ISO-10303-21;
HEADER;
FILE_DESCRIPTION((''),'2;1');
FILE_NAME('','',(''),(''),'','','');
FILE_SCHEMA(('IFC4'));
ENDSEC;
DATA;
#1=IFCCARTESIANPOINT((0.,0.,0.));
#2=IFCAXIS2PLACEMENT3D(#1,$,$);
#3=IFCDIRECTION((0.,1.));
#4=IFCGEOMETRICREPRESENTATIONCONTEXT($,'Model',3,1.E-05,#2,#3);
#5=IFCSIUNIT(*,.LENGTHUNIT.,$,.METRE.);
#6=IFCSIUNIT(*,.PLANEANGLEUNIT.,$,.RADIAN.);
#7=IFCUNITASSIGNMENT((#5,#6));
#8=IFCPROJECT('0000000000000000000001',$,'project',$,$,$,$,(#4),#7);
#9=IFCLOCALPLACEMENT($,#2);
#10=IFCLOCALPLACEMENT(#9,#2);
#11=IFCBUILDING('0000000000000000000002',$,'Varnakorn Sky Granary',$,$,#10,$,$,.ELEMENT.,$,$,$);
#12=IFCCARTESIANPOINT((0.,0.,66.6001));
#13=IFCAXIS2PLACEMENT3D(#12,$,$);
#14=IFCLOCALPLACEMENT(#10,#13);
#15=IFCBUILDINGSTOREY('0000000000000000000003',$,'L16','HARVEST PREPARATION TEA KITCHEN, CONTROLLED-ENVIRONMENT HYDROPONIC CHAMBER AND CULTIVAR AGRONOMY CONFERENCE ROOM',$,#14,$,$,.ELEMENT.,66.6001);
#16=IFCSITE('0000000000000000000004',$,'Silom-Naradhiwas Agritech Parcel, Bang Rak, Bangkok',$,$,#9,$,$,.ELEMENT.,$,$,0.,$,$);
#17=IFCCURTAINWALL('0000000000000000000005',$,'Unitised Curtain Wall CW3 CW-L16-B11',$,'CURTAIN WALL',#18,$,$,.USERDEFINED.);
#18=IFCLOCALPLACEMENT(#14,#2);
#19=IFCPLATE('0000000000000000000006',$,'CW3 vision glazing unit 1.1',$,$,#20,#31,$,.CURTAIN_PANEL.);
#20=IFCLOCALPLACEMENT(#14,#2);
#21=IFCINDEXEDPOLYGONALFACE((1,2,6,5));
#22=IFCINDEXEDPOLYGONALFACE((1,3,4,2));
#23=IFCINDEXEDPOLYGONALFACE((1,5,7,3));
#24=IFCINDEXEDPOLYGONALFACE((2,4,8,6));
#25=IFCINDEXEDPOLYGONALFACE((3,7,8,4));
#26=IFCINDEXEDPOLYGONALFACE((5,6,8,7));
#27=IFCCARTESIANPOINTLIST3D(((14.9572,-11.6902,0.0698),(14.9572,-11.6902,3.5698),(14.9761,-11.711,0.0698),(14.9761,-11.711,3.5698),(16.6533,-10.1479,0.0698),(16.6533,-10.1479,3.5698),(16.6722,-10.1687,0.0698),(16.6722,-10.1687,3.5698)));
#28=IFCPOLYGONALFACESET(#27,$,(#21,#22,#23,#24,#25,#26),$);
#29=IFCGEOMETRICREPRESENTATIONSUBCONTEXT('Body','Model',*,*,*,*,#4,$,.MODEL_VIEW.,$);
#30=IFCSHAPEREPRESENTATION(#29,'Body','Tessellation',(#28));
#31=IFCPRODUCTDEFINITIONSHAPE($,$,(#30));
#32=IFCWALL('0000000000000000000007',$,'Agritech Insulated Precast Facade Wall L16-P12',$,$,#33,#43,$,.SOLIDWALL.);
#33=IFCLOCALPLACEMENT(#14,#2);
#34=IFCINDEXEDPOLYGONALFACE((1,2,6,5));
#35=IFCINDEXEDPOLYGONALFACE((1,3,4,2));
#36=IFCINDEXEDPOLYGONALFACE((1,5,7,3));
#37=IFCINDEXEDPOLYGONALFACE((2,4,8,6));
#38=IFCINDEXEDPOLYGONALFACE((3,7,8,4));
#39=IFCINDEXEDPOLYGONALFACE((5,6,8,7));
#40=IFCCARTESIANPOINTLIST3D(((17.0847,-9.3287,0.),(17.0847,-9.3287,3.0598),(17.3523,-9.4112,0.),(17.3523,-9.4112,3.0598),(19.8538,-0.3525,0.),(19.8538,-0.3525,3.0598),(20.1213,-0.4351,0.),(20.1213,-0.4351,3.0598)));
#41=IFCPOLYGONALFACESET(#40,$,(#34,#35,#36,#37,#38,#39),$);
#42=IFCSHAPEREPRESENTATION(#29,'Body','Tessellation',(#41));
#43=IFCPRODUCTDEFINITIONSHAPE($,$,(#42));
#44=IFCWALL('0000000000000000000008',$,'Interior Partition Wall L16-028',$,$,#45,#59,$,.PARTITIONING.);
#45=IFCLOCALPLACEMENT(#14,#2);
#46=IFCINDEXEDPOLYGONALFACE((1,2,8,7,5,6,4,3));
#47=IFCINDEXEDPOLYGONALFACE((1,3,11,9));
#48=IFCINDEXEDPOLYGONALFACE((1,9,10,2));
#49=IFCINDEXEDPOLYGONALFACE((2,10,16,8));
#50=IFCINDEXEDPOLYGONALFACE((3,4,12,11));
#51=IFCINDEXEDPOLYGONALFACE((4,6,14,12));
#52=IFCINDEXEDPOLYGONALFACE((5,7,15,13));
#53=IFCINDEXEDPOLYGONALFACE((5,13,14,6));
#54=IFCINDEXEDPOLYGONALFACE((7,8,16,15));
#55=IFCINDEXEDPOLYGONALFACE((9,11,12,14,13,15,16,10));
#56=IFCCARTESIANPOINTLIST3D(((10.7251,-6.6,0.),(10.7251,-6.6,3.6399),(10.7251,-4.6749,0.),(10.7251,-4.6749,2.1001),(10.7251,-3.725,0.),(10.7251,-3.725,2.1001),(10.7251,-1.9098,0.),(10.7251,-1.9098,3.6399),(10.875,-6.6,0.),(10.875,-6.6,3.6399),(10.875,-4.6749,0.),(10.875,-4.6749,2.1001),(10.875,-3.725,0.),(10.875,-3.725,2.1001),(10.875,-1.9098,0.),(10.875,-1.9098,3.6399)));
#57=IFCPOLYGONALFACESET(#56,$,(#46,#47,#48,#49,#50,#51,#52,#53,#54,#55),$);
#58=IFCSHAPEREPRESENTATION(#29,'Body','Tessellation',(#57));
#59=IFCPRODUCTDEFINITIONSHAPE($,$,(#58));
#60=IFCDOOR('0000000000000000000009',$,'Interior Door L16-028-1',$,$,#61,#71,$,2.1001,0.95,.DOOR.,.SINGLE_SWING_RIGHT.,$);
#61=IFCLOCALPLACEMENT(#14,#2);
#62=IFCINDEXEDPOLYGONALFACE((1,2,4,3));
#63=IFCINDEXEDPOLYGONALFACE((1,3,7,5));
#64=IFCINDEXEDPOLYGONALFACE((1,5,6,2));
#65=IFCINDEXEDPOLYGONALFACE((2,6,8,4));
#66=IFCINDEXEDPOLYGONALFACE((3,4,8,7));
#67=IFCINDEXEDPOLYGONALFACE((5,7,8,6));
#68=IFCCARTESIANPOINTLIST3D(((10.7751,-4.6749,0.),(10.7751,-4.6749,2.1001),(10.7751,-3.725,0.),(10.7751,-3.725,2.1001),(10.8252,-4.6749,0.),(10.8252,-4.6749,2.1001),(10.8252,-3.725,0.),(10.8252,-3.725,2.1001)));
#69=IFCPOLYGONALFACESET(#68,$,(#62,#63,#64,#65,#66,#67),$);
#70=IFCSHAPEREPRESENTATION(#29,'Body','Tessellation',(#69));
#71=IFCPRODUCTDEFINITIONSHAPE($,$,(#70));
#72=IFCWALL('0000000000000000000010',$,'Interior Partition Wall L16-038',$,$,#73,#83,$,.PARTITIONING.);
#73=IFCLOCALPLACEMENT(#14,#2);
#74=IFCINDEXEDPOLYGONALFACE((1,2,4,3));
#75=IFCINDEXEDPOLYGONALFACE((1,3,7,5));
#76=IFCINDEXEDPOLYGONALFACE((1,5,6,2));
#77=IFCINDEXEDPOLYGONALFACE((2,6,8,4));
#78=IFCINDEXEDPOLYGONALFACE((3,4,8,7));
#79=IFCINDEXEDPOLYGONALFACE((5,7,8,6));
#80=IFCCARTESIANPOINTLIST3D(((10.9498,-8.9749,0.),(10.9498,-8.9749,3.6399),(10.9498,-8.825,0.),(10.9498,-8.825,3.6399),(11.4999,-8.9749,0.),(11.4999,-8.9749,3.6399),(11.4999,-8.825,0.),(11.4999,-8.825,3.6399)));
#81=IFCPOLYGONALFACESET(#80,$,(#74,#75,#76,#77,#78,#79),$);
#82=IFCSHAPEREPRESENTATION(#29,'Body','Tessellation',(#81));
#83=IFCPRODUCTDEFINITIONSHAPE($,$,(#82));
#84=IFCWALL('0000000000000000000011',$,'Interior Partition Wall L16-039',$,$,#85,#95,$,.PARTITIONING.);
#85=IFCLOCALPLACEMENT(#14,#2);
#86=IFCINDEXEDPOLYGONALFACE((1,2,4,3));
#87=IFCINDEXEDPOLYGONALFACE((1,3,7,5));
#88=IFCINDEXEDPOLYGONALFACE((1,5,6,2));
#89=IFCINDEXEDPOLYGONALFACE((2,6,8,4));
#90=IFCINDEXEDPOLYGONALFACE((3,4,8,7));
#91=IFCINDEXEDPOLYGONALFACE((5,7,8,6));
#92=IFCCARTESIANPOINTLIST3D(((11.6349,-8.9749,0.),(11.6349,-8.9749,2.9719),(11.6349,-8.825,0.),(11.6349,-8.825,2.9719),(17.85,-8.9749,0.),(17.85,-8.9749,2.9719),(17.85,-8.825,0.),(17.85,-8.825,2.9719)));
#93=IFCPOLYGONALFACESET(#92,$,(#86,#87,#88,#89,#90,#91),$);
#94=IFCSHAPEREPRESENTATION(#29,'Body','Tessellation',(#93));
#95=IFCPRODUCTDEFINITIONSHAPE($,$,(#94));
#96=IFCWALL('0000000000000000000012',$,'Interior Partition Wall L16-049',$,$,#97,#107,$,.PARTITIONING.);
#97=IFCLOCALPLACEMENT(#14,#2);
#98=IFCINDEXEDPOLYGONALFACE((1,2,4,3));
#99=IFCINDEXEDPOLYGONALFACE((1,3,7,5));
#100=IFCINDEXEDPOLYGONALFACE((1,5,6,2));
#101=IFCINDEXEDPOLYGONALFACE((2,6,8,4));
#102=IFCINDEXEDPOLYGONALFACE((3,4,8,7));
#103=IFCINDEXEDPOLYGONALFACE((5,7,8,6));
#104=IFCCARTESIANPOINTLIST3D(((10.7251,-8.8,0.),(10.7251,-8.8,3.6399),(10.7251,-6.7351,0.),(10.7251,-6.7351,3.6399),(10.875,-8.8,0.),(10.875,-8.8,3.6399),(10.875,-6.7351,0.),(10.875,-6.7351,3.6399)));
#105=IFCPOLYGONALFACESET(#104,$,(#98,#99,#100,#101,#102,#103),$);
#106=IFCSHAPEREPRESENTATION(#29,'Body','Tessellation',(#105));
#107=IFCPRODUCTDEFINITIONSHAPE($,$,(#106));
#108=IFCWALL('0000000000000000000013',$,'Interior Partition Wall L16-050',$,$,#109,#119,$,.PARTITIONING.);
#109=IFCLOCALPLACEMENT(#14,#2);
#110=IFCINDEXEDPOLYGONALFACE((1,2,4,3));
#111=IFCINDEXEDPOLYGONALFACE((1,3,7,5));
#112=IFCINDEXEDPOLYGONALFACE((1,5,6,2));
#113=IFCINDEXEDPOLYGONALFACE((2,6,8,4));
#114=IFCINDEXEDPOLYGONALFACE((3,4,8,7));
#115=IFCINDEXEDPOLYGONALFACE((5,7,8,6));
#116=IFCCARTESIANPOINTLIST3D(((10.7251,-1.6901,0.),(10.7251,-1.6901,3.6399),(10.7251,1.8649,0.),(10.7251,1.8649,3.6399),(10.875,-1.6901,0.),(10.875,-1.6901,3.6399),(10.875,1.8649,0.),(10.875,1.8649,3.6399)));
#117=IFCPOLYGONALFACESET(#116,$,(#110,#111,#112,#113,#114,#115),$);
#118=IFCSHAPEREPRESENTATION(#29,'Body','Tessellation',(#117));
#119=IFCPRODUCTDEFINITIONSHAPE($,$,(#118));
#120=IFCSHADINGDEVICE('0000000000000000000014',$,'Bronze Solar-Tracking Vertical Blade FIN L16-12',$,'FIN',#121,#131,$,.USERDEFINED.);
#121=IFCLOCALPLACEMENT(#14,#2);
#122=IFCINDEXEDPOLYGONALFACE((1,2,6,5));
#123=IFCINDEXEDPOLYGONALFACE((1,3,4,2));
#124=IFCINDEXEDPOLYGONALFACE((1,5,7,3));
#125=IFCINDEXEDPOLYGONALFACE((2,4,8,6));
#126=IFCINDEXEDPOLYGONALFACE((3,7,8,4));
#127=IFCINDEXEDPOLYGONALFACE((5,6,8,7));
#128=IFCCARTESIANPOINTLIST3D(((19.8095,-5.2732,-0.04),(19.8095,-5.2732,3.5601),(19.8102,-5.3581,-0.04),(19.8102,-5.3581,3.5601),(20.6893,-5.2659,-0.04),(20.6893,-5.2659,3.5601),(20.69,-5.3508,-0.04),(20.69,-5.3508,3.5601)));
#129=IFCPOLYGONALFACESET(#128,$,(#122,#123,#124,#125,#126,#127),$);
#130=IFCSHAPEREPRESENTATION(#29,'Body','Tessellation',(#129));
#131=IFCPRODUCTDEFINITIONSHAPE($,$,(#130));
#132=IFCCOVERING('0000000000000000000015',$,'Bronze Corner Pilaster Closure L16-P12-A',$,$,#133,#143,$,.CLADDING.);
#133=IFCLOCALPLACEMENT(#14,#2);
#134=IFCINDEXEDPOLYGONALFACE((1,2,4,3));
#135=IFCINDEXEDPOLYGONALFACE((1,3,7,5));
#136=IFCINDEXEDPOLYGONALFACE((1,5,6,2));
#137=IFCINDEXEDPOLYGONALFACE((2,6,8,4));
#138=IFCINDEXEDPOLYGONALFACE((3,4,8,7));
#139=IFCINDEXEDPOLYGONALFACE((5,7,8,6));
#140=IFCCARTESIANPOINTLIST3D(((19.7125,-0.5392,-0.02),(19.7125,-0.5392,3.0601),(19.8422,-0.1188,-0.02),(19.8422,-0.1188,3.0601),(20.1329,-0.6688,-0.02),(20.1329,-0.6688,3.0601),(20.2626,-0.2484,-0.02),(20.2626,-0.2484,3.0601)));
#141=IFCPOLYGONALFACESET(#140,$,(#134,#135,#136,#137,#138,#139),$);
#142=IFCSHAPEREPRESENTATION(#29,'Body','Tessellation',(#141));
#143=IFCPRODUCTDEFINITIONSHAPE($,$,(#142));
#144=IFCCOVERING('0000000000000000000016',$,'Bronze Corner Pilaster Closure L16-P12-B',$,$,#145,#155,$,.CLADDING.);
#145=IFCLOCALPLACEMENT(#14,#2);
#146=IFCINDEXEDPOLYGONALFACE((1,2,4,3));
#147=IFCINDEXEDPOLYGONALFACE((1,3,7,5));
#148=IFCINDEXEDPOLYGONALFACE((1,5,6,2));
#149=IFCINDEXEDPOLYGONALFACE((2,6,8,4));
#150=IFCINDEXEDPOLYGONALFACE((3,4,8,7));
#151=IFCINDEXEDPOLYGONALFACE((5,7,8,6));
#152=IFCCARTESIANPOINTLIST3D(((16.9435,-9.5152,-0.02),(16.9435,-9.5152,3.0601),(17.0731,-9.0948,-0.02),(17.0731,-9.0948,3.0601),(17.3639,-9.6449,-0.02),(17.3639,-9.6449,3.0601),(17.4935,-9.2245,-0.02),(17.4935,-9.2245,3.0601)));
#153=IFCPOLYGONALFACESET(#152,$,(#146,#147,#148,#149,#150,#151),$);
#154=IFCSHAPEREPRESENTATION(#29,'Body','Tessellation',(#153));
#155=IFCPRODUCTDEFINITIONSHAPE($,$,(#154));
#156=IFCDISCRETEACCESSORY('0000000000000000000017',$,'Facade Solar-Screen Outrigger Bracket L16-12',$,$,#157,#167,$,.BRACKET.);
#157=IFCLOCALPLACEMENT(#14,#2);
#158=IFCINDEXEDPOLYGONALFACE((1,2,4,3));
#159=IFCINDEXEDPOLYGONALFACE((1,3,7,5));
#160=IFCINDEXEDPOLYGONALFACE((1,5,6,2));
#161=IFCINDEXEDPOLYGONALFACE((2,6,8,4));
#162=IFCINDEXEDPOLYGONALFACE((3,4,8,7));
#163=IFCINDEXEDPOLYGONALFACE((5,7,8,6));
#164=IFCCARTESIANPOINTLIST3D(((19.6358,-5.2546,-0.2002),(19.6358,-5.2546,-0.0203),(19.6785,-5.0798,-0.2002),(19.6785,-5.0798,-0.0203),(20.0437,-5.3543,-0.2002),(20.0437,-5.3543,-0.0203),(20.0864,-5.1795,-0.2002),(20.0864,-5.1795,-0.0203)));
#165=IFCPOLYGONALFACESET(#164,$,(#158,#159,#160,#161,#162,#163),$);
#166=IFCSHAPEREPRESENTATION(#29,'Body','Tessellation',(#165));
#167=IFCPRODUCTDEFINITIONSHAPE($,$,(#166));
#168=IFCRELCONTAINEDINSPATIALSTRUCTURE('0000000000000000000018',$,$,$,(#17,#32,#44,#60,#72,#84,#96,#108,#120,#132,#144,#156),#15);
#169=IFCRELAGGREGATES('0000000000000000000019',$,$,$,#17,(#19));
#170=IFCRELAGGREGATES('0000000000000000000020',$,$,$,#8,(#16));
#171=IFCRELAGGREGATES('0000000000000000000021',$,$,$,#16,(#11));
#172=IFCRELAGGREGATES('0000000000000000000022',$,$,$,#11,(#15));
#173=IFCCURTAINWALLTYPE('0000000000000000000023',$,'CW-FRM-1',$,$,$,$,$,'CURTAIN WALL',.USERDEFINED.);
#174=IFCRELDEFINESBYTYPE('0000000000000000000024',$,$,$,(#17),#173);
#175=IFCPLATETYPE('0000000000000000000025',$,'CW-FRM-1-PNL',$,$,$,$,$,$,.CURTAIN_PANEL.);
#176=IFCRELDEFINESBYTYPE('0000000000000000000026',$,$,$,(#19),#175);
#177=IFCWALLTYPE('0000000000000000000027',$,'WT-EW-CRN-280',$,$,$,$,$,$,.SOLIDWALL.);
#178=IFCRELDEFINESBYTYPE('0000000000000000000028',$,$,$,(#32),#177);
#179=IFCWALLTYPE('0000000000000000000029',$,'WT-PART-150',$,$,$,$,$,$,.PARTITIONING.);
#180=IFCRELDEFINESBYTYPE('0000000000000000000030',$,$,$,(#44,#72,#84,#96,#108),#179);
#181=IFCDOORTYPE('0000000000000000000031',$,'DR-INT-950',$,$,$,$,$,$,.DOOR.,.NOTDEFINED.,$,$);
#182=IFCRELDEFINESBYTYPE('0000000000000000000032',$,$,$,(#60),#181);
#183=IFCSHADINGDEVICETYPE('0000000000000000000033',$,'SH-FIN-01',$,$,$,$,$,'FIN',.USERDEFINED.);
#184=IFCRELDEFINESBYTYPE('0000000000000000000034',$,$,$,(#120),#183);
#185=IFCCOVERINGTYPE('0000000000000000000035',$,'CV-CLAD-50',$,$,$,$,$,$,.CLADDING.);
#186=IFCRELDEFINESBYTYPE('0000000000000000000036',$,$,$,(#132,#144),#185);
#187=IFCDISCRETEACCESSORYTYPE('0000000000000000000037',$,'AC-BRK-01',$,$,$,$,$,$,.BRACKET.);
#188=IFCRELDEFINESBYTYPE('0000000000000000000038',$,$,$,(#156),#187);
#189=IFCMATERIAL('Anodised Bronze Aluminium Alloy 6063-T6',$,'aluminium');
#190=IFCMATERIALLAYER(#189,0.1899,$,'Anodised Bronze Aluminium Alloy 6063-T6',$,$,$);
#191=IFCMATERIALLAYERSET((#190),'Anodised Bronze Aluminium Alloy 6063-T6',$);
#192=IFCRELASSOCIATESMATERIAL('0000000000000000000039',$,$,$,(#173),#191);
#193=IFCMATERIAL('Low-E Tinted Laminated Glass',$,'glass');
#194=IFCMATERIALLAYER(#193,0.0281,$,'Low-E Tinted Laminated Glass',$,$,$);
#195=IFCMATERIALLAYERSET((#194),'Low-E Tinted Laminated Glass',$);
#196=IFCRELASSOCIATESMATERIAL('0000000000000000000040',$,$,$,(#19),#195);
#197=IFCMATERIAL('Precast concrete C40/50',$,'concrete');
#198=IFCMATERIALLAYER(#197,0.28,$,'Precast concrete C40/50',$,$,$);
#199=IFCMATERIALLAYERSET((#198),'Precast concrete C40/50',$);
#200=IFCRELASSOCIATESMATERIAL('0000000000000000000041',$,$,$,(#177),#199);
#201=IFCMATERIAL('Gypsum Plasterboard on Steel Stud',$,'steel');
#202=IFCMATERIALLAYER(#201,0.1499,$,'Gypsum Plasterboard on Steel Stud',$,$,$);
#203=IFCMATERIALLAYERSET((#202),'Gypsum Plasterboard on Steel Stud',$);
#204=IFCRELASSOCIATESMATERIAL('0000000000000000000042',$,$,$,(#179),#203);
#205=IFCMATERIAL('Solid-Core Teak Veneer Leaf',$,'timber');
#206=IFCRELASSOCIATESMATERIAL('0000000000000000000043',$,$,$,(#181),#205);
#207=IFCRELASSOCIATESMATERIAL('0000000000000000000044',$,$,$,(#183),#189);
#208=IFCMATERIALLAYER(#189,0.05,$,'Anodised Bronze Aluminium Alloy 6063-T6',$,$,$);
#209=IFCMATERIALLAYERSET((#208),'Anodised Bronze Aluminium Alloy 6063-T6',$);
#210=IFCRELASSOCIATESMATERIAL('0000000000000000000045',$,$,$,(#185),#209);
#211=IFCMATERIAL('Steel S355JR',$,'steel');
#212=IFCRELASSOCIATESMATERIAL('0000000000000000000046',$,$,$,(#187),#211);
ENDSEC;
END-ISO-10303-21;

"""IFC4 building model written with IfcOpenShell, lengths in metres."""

from ifc_helpers import new_model, si_unit, direction, frame, frame_2d, origin, origin_2d, place, context, subcontext, project, spatial, rectangle, extrude, source, transform, mapped, material, layer, layer_set, type_object, type_shapes, element, fill, aggregate, save


model = new_model("IFC4")

# Units and contexts
model_context = context("Model", 3, precision=1e-05, world=origin(), true_north=direction((0.0, 1.0)))
body_context = subcontext(model_context, "Body", "Model", "MODEL_VIEW")
ifc_project = project(units=[si_unit("LENGTHUNIT", "METRE"), si_unit("PLANEANGLEUNIT", "RADIAN")], contexts=[model_context])

# Site, building, storey
site_placement = place(None, origin())
site = spatial("IfcSite", under=ifc_project, at=site_placement, Name="Silom-Naradhiwas Agritech Parcel, Bang Rak, Bangkok", CompositionType="ELEMENT", RefElevation=0.0)
building_placement = place(site_placement, origin())
building = spatial("IfcBuilding", under=site, at=building_placement, Name="Varnakorn Sky Granary", CompositionType="ELEMENT")
storey_placement = place(building_placement, frame((0.0, 0.0, 66.6001)))
storey = spatial("IfcBuildingStorey", under=building, at=storey_placement, Name="L16", Description="HARVEST PREPARATION TEA KITCHEN, CONTROLLED-ENVIRONMENT HYDROPONIC CHAMBER AND CULTIVAR AGRONOMY CONFERENCE ROOM", CompositionType="ELEMENT", Elevation=66.6001)

# Shared definitions
ifc_material_1 = material(Name="Steel S355JR", Category="steel")

# Curtain wall
ifc_material_2 = material(Name="Anodised Bronze Aluminium Alloy 6063-T6", Category="aluminium")
ifc_layer_1 = layer(ifc_material_2, 0.1899, Name="Anodised Bronze Aluminium Alloy 6063-T6")
ifc_layer_set_1 = layer_set([ifc_layer_1], Name="Anodised Bronze Aluminium Alloy 6063-T6")
curtain_wall_type = type_object("IfcCurtainWallType", Name="CW-FRM-1", ElementType="CURTAIN WALL", PredefinedType="USERDEFINED", material=ifc_layer_set_1)
curtain_wall_placement = place(storey_placement, origin())
curtain_wall = element("IfcCurtainWall", 1, at=curtain_wall_placement, inside=storey, type_object=curtain_wall_type, Name="Unitised Curtain Wall CW3 CW-L16-B11", ObjectType="CURTAIN WALL", PredefinedType="USERDEFINED")

# Plate
ifc_material_3 = material(Name="Low-E Tinted Laminated Glass", Category="glass")
ifc_layer_2 = layer(ifc_material_3, 0.0281, Name="Low-E Tinted Laminated Glass")
ifc_layer_set_2 = layer_set([ifc_layer_2], Name="Low-E Tinted Laminated Glass")
plate_type = type_object("IfcPlateType", Name="CW-FRM-1-PNL", PredefinedType="CURTAIN_PANEL")
shared_shape_1 = source(origin(), body_context, "Body", "SweptSolid", [
    extrude(rectangle(XDim=2.2925, YDim=0.0281, at=origin_2d()), origin(), (0.0, 0.0, 1.0), 3.5),
])
type_shapes(plate_type, [shared_shape_1])
plate_placement = place(storey_placement, frame((15.8147, -10.9294, 0.0698), z_axis=(0.0, 0.0, 1.0), x_axis=(-0.739847, -0.672776, 0.0)))
plate = element("IfcPlate", 2, at=plate_placement, type_object=plate_type, material=ifc_layer_set_2, Name="CW3 vision glazing unit 1.1", PredefinedType="CURTAIN_PANEL", context=body_context, shape_type="MappedRepresentation", body=[
    mapped(shared_shape_1, transform((0.0, 0.0, 0.0), x_axis=(1.0, 0.0, 0.0), y_axis=(0.0, 1.0, 0.0), z_axis=(0.0, 0.0, 1.0), scale=1.0)),
])
aggregate(curtain_wall, [plate])

# Wall
ifc_material_4 = material(Name="Precast concrete C40/50", Category="concrete")
ifc_layer_3 = layer(ifc_material_4, 0.28, Name="Precast concrete C40/50")
ifc_layer_set_3 = layer_set([ifc_layer_3], Name="Precast concrete C40/50")
wall_type_1 = type_object("IfcWallType", Name="WT-EW-CRN-280", PredefinedType="SOLIDWALL", material=ifc_layer_set_3)
wall_1_placement = place(storey_placement, frame((19.9875, -0.3938, 0.0), z_axis=(0.0, 0.0, 1.0), x_axis=(-0.294783, -0.955564, 0.0)))
element("IfcWall", 3, at=wall_1_placement, inside=storey, type_object=wall_type_1, Name="Agritech Insulated Precast Facade Wall L16-P12", PredefinedType="SOLIDWALL", context=body_context, shape_type="SweptSolid", body=[
    extrude(rectangle(XDim=9.3936, YDim=0.28, at=frame_2d((4.6968, 0.0))), origin(), (0.0, 0.0, 1.0), 3.0598),
])

# Wall, opening, door
ifc_material_5 = material(Name="Gypsum Plasterboard on Steel Stud", Category="steel")
ifc_layer_4 = layer(ifc_material_5, 0.1499, Name="Gypsum Plasterboard on Steel Stud")
ifc_layer_set_4 = layer_set([ifc_layer_4], Name="Gypsum Plasterboard on Steel Stud")
wall_type_2 = type_object("IfcWallType", Name="WT-PART-150", PredefinedType="PARTITIONING", material=ifc_layer_set_4)
wall_2_placement = place(storey_placement, frame((10.8, -6.6001, 0.0), z_axis=(0.0, 0.0, 1.0), x_axis=(0.0, 1.0, 0.0)))
wall_2 = element("IfcWall", 4, at=wall_2_placement, inside=storey, type_object=wall_type_2, Name="Interior Partition Wall L16-028", PredefinedType="PARTITIONING", context=body_context, shape_type="SweptSolid", body=[
    extrude(rectangle(XDim=4.6902, YDim=0.1499, at=frame_2d((2.3452, 0.0))), origin(), (0.0, 0.0, 1.0), 3.6399),
])
opening_placement = place(wall_2_placement, frame((1.925, 0.0, 0.0)))
opening = element("IfcOpeningElement", 5, at=opening_placement, cuts=wall_2, PredefinedType="OPENING", context=body_context, shape_type="SweptSolid", body=[
    extrude(rectangle(XDim=0.95, YDim=2.1001, at=frame_2d((0.4751, 1.05))), frame((0.0, 0.085, 0.0), z_axis=(0.0, -1.0, 0.0), x_axis=(1.0, 0.0, 0.0)), (0.0, 0.0, 1.0), 0.1699),
])
ifc_material_6 = material(Name="Solid-Core Teak Veneer Leaf", Category="timber")
door_type = type_object("IfcDoorType", Name="DR-INT-950", OperationType="NOTDEFINED", PredefinedType="DOOR", material=ifc_material_6)
door_placement = place(opening_placement, origin())
door = element("IfcDoor", 6, at=door_placement, inside=storey, type_object=door_type, Name="Interior Door L16-028-1", OperationType="SINGLE_SWING_RIGHT", OverallHeight=2.1001, OverallWidth=0.95, PredefinedType="DOOR", context=body_context, shape_type="SweptSolid", body=[
    extrude(rectangle(XDim=0.95, YDim=2.1001, at=frame_2d((0.4751, 1.05))), frame((0.0, 0.0249, 0.0), z_axis=(0.0, -1.0, 0.0), x_axis=(1.0, 0.0, 0.0)), (0.0, 0.0, 1.0), 0.05),
])
fill(opening, door)

# Walls
wall_3_placement = place(storey_placement, frame((10.95, -8.8999, 0.0), z_axis=(0.0, 0.0, 1.0), x_axis=(1.0, 0.0, 0.0)))
element("IfcWall", 7, at=wall_3_placement, inside=storey, type_object=wall_type_2, Name="Interior Partition Wall L16-038", PredefinedType="PARTITIONING", context=body_context, shape_type="SweptSolid", body=[
    extrude(rectangle(XDim=0.55, YDim=0.1499, at=frame_2d((0.2749, 0.0))), origin(), (0.0, 0.0, 1.0), 3.6399),
])
wall_4_placement = place(storey_placement, frame((11.635, -8.8999, 0.0), z_axis=(0.0, 0.0, 1.0), x_axis=(1.0, 0.0, 0.0)))
element("IfcWall", 8, at=wall_4_placement, inside=storey, type_object=wall_type_2, Name="Interior Partition Wall L16-039", PredefinedType="PARTITIONING", context=body_context, shape_type="SweptSolid", body=[
    extrude(rectangle(XDim=6.2151, YDim=0.1499, at=frame_2d((3.1074, 0.0))), origin(), (0.0, 0.0, 1.0), 2.9719),
])
wall_5_placement = place(storey_placement, frame((10.8, -8.8, 0.0), z_axis=(0.0, 0.0, 1.0), x_axis=(0.0, 1.0, 0.0)))
element("IfcWall", 9, at=wall_5_placement, inside=storey, type_object=wall_type_2, Name="Interior Partition Wall L16-049", PredefinedType="PARTITIONING", context=body_context, shape_type="SweptSolid", body=[
    extrude(rectangle(XDim=2.0649, YDim=0.1499, at=frame_2d((1.0325, 0.0))), origin(), (0.0, 0.0, 1.0), 3.6399),
])
wall_6_placement = place(storey_placement, frame((10.8, -1.6899, 0.0), z_axis=(0.0, 0.0, 1.0), x_axis=(0.0, 1.0, 0.0)))
element("IfcWall", 10, at=wall_6_placement, inside=storey, type_object=wall_type_2, Name="Interior Partition Wall L16-050", PredefinedType="PARTITIONING", context=body_context, shape_type="SweptSolid", body=[
    extrude(rectangle(XDim=3.5549, YDim=0.1499, at=frame_2d((1.7773, 0.0))), origin(), (0.0, 0.0, 1.0), 3.6399),
])

# Shading device
shading_device_type = type_object("IfcShadingDeviceType", Name="SH-FIN-01", ElementType="FIN", PredefinedType="USERDEFINED", material=ifc_material_2)
shared_shape_2 = source(origin(), body_context, "Body", "SweptSolid", [
    extrude(rectangle(XDim=0.085, YDim=0.8799, at=origin_2d()), origin(), (0.0, 0.0, 1.0), 3.6001),
])
type_shapes(shading_device_type, [shared_shape_2])
shading_device_placement = place(storey_placement, frame((20.2498, -5.312, -0.04), z_axis=(0.0, 0.0, 1.0), x_axis=(-0.008277, 0.999966, 0.0)))
element("IfcShadingDevice", 11, at=shading_device_placement, inside=storey, type_object=shading_device_type, Name="Bronze Solar-Tracking Vertical Blade FIN L16-12", ObjectType="FIN", PredefinedType="USERDEFINED", context=body_context, shape_type="MappedRepresentation", body=[
    mapped(shared_shape_2, transform((0.0, 0.0, 0.0), x_axis=(1.0, 0.0, 0.0), y_axis=(0.0, 1.0, 0.0), z_axis=(0.0, 0.0, 1.0), scale=1.0)),
])

# Coverings
ifc_layer_5 = layer(ifc_material_2, 0.05, Name="Anodised Bronze Aluminium Alloy 6063-T6")
ifc_layer_set_5 = layer_set([ifc_layer_5], Name="Anodised Bronze Aluminium Alloy 6063-T6")
covering_type = type_object("IfcCoveringType", Name="CV-CLAD-50", PredefinedType="CLADDING", material=ifc_layer_set_5)
shared_shape_3 = source(origin(), body_context, "Body", "SweptSolid", [
    extrude(rectangle(XDim=0.4399, YDim=0.4399, at=origin_2d()), origin(), (0.0, 0.0, 1.0), 3.0801),
])
type_shapes(covering_type, [shared_shape_3])
for number, where, z_axis, x_axis, name in (
    (12, (19.9875, -0.3938, -0.02), (0.0, 0.0, 1.0), (-0.294708, -0.955588, 0.0), "Bronze Corner Pilaster Closure L16-P12-A"),
    (13, (17.2185, -9.3699, -0.02), (0.0, 0.0, 1.0), (-0.294708, -0.955588, 0.0), "Bronze Corner Pilaster Closure L16-P12-B"),
):
    element("IfcCovering", number, at=place(storey_placement, frame(where, z_axis=z_axis, x_axis=x_axis)), inside=storey, type_object=covering_type, Name=name, PredefinedType="CLADDING", context=body_context, shape_type="MappedRepresentation", body=[
        mapped(shared_shape_3, transform((0.0, 0.0, 0.0), x_axis=(1.0, 0.0, 0.0), y_axis=(0.0, 1.0, 0.0), z_axis=(0.0, 0.0, 1.0), scale=1.0)),
    ])

# Discrete accessory
discrete_accessory_type = type_object("IfcDiscreteAccessoryType", Name="AC-BRK-01", PredefinedType="BRACKET", material=ifc_material_1)
shared_shape_4 = source(origin(), body_context, "Body", "SweptSolid", [
    extrude(rectangle(XDim=0.1799, YDim=0.4199, at=origin_2d()), origin(), (0.0, 0.0, 1.0), 0.1799),
])
type_shapes(discrete_accessory_type, [shared_shape_4])
discrete_accessory_placement = place(storey_placement, frame((19.8611, -5.217, -0.2002), z_axis=(0.0, 0.0, 1.0), x_axis=(0.237254, 0.971448, 0.0)))
element("IfcDiscreteAccessory", 14, at=discrete_accessory_placement, inside=storey, type_object=discrete_accessory_type, Name="Facade Solar-Screen Outrigger Bracket L16-12", PredefinedType="BRACKET", context=body_context, shape_type="MappedRepresentation", body=[
    mapped(shared_shape_4, transform((0.0, 0.0, 0.0), x_axis=(1.0, 0.0, 0.0), y_axis=(0.0, 1.0, 0.0), z_axis=(0.0, 0.0, 1.0), scale=1.0)),
])

save(model, "model.ifc")
